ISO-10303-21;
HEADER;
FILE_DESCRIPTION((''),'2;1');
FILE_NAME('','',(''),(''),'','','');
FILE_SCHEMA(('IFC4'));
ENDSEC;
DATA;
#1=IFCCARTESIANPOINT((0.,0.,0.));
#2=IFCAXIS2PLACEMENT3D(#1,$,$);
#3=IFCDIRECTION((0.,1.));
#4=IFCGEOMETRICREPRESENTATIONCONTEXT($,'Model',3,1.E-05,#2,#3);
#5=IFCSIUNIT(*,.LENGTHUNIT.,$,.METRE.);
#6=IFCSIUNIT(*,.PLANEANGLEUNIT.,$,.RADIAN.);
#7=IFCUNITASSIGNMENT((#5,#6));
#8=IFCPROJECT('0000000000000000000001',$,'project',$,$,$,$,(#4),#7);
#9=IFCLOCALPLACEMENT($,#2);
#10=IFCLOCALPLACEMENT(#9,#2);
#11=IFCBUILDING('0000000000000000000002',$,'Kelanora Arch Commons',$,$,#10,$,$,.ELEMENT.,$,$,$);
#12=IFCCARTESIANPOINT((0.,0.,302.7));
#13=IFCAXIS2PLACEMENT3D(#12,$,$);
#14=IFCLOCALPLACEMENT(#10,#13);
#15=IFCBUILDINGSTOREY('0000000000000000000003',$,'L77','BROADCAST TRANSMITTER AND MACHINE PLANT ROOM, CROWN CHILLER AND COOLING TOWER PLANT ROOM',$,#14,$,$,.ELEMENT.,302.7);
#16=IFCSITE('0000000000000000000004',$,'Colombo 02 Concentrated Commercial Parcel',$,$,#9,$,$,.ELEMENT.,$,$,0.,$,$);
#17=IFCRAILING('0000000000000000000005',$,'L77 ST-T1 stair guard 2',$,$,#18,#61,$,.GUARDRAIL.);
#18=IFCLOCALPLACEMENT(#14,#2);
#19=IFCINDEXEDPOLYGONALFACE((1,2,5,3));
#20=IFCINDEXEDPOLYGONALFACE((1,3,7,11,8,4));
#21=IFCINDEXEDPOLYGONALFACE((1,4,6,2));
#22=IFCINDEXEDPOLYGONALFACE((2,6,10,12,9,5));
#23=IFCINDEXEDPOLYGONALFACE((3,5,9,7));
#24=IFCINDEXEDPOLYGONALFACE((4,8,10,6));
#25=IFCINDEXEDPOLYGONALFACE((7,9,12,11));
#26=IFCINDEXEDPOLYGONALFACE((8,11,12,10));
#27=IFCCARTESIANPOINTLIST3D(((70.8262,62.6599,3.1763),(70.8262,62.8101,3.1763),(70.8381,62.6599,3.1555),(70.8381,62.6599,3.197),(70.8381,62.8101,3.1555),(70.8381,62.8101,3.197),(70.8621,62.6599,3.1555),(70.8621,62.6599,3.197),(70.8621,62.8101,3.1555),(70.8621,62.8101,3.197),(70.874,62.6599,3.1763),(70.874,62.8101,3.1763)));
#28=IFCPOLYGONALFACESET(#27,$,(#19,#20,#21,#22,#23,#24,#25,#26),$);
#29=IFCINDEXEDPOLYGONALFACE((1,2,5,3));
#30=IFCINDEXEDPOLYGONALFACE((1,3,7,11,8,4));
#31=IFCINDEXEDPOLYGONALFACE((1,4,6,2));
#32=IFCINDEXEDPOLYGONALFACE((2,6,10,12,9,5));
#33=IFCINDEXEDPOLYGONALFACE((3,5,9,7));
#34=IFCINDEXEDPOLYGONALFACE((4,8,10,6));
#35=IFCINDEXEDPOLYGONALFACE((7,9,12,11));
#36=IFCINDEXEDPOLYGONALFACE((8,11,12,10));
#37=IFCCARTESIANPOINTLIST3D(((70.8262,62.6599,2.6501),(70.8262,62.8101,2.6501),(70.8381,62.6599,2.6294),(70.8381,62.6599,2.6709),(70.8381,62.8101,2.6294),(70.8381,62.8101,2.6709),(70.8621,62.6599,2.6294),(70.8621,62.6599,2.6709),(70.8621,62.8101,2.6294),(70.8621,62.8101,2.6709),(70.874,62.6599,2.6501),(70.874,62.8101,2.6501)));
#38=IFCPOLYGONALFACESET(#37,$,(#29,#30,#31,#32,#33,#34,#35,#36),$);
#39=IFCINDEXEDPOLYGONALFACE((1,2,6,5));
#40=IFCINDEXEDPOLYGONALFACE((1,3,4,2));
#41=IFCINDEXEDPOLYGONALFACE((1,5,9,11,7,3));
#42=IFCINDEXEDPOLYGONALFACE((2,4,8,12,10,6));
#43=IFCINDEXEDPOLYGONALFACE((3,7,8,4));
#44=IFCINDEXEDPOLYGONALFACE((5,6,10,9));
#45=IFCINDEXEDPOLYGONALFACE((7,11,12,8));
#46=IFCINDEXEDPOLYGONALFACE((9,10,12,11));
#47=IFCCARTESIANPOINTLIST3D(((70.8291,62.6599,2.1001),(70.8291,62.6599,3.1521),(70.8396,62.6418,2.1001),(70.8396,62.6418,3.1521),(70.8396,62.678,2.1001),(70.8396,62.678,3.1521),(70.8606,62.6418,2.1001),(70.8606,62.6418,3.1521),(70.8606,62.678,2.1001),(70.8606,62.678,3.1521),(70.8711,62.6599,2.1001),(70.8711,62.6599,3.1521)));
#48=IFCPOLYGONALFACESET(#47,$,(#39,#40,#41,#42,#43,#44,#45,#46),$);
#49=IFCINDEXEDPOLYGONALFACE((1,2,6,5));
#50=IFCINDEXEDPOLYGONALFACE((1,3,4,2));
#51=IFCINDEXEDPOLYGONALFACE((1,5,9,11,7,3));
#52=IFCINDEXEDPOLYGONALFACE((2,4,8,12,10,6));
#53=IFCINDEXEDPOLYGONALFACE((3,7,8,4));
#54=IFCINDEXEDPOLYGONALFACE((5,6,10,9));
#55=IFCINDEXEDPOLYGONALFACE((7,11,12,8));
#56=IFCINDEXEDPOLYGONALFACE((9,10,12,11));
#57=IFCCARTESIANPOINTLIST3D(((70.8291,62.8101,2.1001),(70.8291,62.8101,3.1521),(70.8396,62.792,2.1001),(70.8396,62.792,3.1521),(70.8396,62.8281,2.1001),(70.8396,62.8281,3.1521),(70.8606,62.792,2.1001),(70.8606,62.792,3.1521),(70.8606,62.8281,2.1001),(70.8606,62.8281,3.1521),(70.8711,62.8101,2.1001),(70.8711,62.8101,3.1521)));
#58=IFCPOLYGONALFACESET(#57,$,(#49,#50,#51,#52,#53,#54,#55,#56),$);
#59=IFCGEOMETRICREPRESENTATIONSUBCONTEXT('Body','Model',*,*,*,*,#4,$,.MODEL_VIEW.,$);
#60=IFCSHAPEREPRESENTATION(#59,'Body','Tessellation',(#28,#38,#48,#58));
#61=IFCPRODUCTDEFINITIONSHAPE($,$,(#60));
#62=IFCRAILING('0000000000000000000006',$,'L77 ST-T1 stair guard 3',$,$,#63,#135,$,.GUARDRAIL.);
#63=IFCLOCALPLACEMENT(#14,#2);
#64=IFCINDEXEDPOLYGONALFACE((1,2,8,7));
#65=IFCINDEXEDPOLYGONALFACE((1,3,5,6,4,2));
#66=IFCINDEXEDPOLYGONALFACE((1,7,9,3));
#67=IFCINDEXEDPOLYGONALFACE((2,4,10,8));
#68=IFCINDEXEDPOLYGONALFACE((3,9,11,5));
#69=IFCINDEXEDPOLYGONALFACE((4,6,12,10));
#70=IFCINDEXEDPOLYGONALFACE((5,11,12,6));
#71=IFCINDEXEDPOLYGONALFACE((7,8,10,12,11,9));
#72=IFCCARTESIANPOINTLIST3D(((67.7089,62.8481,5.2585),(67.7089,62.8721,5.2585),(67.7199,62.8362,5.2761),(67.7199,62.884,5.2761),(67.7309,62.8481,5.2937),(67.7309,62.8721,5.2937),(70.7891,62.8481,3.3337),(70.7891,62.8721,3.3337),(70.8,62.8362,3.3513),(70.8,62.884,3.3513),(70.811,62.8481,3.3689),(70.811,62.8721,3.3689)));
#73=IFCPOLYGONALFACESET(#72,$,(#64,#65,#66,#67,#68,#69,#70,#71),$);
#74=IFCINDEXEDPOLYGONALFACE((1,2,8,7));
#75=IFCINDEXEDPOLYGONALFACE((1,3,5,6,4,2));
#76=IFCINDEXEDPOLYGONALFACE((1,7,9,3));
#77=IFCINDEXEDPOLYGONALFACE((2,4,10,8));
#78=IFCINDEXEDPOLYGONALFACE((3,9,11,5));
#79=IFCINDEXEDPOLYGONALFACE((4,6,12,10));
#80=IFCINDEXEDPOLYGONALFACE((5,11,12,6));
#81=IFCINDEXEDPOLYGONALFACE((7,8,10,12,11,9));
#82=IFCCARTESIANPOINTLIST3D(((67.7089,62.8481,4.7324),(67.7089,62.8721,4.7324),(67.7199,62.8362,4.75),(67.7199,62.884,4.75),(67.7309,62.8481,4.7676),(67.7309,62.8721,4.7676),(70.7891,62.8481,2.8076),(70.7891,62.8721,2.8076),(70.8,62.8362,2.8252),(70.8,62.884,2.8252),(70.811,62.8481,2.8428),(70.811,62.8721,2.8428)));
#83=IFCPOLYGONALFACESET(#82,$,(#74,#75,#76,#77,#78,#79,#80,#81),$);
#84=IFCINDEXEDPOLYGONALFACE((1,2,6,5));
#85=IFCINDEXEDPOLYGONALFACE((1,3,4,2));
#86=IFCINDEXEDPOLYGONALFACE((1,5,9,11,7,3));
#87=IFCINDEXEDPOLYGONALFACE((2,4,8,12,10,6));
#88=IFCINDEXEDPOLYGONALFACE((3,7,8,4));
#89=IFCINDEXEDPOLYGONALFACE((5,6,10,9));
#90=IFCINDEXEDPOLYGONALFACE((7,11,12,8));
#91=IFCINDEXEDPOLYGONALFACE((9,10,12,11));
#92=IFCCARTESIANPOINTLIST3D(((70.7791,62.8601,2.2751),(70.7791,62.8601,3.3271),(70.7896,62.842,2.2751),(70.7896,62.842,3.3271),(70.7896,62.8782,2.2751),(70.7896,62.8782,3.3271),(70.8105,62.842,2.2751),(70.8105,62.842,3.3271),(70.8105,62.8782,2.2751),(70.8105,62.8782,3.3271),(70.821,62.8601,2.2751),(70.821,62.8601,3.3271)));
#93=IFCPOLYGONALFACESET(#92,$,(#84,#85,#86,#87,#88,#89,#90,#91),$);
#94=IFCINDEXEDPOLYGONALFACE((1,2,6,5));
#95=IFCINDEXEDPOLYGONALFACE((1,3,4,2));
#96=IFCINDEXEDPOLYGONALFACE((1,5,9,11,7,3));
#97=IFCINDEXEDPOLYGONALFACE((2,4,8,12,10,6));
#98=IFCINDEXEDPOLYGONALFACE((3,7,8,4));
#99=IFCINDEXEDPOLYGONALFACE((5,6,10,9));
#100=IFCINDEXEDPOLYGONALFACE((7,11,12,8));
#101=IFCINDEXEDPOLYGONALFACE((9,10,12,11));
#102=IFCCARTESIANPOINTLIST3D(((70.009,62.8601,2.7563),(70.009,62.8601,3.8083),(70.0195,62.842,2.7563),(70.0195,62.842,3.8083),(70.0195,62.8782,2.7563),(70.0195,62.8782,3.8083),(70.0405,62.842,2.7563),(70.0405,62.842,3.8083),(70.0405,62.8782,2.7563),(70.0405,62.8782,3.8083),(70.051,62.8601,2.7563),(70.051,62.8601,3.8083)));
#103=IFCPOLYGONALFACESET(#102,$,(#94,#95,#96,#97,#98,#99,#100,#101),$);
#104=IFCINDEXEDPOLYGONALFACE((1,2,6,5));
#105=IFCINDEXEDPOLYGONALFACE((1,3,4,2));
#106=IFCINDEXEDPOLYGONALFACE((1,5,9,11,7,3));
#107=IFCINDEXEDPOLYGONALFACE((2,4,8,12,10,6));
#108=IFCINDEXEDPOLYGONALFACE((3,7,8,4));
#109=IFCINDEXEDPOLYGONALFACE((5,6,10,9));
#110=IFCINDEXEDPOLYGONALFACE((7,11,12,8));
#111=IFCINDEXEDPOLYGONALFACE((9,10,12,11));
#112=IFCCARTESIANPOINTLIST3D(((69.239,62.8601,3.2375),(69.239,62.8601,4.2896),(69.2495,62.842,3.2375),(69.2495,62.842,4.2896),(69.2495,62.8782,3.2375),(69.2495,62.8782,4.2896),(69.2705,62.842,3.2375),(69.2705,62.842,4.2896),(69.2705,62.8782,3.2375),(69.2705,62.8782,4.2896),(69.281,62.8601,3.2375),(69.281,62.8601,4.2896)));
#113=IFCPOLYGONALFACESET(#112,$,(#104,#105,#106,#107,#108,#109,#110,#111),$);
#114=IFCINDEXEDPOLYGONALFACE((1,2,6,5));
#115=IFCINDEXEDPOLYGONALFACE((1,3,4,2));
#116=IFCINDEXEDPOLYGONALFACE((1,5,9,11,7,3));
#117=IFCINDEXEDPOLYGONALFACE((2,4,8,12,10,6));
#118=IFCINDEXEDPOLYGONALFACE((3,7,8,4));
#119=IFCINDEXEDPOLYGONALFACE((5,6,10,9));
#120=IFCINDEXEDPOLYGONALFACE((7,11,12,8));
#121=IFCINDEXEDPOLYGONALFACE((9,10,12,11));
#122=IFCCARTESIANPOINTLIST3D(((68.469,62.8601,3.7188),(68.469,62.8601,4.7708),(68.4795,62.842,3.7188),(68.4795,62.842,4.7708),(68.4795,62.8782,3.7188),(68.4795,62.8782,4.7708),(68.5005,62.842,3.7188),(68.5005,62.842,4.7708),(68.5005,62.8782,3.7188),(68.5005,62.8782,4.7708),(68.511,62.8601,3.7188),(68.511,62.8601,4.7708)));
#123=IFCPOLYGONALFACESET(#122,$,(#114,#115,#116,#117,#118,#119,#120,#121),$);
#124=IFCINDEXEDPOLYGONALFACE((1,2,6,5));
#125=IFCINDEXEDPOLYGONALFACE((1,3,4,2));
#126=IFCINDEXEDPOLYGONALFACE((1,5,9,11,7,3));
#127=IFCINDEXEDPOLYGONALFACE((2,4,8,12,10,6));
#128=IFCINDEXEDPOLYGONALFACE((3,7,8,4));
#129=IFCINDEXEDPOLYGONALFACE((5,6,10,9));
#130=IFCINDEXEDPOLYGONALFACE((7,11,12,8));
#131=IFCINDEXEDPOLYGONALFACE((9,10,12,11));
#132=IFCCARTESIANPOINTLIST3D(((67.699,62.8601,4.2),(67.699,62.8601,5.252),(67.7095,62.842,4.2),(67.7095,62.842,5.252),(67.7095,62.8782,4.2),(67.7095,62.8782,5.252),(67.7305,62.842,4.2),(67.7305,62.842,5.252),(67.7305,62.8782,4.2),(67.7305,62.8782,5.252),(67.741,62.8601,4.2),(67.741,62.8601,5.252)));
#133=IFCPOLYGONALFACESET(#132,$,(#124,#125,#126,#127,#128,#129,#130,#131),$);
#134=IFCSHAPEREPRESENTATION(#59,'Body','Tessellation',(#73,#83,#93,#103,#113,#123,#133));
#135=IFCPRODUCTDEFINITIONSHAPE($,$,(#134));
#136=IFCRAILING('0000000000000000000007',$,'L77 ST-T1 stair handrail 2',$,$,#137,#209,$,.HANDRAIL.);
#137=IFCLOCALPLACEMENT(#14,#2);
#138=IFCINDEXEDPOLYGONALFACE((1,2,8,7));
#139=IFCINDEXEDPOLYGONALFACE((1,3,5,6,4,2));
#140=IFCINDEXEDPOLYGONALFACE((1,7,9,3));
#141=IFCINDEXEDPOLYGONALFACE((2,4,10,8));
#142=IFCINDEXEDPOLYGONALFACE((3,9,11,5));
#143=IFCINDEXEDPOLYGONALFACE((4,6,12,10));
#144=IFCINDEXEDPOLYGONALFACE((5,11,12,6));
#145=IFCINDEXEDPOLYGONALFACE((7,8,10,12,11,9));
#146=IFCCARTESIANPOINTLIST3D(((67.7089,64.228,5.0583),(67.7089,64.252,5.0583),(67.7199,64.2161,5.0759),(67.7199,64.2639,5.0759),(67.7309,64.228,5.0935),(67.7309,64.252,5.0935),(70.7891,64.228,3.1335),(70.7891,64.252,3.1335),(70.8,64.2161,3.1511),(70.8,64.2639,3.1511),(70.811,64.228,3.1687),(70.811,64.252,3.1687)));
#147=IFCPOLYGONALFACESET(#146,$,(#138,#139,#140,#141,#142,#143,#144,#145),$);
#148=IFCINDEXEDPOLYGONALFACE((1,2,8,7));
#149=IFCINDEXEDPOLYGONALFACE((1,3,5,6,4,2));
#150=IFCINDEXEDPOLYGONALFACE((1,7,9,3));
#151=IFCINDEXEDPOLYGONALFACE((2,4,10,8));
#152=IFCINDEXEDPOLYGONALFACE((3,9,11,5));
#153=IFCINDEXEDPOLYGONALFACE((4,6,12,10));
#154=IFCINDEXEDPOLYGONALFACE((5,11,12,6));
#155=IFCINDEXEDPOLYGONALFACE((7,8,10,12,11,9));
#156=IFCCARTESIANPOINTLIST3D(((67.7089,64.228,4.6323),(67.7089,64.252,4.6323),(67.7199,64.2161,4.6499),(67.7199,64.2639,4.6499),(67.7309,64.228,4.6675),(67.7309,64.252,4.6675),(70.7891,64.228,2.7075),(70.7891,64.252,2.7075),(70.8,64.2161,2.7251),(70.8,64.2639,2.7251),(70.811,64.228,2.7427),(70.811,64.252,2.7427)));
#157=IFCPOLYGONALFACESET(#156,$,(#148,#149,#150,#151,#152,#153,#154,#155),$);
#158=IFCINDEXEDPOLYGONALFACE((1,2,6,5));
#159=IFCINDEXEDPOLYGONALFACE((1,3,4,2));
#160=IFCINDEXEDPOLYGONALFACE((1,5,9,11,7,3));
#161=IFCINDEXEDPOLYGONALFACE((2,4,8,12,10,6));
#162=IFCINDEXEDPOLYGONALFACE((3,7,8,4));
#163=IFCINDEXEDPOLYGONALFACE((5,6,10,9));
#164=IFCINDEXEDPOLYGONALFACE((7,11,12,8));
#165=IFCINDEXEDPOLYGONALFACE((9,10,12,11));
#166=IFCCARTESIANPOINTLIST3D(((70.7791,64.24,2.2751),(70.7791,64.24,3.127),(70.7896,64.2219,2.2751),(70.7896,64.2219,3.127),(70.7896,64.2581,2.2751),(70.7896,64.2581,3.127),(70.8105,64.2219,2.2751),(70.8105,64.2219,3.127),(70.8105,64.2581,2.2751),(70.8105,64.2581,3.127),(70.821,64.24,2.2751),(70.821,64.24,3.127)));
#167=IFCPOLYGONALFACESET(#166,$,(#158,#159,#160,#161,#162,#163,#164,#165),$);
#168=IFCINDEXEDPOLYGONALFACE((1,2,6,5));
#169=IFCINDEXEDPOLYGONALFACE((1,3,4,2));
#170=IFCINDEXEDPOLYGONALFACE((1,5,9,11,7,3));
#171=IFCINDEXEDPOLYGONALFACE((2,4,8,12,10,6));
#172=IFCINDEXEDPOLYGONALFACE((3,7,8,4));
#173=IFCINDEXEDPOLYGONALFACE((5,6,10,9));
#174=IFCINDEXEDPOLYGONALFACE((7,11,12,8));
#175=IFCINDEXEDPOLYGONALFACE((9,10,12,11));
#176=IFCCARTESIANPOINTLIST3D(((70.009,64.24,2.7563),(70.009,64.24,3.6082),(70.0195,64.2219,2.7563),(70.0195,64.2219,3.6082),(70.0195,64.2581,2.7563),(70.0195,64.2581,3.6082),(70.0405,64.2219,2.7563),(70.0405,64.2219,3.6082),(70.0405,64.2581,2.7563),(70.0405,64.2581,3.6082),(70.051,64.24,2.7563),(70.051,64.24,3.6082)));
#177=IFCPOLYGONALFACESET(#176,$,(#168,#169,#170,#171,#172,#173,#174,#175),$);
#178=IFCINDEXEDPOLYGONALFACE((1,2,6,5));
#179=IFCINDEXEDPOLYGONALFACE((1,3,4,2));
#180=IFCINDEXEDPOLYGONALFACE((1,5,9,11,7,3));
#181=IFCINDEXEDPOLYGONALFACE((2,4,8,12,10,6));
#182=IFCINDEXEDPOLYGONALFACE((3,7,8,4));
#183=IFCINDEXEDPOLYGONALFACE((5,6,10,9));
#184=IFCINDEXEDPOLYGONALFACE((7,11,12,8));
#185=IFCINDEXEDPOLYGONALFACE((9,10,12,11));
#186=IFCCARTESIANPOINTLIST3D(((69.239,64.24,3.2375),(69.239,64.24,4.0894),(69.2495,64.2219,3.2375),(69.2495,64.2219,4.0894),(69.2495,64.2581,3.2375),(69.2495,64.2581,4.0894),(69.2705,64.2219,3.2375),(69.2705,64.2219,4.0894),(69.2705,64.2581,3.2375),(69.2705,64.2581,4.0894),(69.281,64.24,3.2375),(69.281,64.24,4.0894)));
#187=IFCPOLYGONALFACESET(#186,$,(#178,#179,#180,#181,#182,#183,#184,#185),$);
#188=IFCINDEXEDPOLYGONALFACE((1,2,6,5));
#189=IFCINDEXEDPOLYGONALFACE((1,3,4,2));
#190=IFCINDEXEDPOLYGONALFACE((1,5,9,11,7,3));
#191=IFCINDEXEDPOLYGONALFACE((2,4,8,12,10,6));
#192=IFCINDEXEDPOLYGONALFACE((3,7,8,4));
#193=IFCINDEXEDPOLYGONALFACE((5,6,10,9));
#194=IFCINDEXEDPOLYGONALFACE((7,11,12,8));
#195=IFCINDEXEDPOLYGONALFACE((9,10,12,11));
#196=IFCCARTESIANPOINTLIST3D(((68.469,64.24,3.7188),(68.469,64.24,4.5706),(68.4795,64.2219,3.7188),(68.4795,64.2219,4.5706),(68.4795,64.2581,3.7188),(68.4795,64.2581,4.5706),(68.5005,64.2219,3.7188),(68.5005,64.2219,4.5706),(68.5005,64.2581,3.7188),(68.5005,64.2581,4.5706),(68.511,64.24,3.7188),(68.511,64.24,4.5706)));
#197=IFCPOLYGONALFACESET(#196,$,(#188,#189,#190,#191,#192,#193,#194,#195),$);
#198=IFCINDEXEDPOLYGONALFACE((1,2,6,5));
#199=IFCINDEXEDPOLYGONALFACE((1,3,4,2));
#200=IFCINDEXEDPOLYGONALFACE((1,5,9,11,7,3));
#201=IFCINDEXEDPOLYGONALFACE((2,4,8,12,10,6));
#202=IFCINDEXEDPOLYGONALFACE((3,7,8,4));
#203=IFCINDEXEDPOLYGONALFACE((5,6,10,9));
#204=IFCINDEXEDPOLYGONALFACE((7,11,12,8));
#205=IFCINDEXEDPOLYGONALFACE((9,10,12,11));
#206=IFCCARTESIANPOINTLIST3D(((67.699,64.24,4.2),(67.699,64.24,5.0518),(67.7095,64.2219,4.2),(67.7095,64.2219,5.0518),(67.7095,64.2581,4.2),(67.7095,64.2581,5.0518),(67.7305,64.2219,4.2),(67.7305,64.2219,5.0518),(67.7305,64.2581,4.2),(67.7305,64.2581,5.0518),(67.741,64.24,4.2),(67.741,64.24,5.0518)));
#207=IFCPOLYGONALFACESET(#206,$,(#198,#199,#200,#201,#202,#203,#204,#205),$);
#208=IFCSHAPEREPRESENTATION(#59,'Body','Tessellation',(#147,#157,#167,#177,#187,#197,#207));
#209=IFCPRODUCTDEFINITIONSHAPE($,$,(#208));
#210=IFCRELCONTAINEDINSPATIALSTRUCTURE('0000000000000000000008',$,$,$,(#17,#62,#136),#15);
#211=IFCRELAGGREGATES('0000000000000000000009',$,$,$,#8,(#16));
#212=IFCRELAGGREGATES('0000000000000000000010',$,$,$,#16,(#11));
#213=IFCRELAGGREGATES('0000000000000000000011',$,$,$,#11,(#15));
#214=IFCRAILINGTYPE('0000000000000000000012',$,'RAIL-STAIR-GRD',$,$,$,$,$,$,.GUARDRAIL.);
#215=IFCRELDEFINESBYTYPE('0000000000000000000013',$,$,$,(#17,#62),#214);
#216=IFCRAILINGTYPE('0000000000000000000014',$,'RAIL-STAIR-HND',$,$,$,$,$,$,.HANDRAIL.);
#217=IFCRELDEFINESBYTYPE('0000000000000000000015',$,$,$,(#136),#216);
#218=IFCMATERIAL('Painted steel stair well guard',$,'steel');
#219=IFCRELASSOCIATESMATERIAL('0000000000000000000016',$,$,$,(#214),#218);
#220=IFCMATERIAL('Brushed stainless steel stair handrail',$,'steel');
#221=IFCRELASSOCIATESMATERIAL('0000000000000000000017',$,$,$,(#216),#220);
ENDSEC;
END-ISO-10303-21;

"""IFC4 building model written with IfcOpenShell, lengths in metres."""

from ifc_helpers import new_model, si_unit, direction, frame, origin, place, context, subcontext, project, spatial, polyline, outline, extrude, material, type_object, element, save


model = new_model("IFC4")

# Units and contexts
model_context = context("Model", 3, precision=1e-05, world=origin(), true_north=direction((0.0, 1.0)))
body_context = subcontext(model_context, "Body", "Model", "MODEL_VIEW")
ifc_project = project(units=[si_unit("LENGTHUNIT", "METRE"), si_unit("PLANEANGLEUNIT", "RADIAN")], contexts=[model_context])

# Site, building, storey
site_placement = place(None, origin())
site = spatial("IfcSite", under=ifc_project, at=site_placement, Name="Colombo 02 Concentrated Commercial Parcel", CompositionType="ELEMENT", RefElevation=0.0)
building_placement = place(site_placement, origin())
building = spatial("IfcBuilding", under=site, at=building_placement, Name="Kelanora Arch Commons", CompositionType="ELEMENT")
storey_placement = place(building_placement, frame((0.0, 0.0, 302.7)))
storey = spatial("IfcBuildingStorey", under=building, at=storey_placement, Name="L77", Description="BROADCAST TRANSMITTER AND MACHINE PLANT ROOM, CROWN CHILLER AND COOLING TOWER PLANT ROOM", CompositionType="ELEMENT", Elevation=302.7)

# Railings
ifc_material_1 = material(Name="Painted steel stair well guard", Category="steel")
railing_type_1 = type_object("IfcRailingType", Name="RAIL-STAIR-GRD", PredefinedType="GUARDRAIL", material=ifc_material_1)
railing_1_placement = place(storey_placement, frame((70.8501, 62.6599, 2.1001)))
element("IfcRailing", 1, at=railing_1_placement, inside=storey, type_object=railing_type_1, Name="L77 ST-T1 stair guard 2", PredefinedType="GUARDRAIL", context=body_context, shape_type="SweptSolid", body=[
    extrude(outline(polyline([(0.0239, 0.0), (0.012, 0.0208), (-0.012, 0.0208), (-0.0239, 0.0), (-0.012, -0.0208), (0.012, -0.0208), (0.0239, 0.0)])), frame((0.0, 0.0, 1.0762), z_axis=(0.0, 1.0, 0.0), x_axis=(-1.0, 0.0, 0.0)), (0.0, 0.0, 1.0), 0.1501),
    extrude(outline(polyline([(0.0239, 0.0), (0.012, 0.0208), (-0.012, 0.0208), (-0.0239, 0.0), (-0.012, -0.0208), (0.012, -0.0208), (0.0239, 0.0)])), frame((0.0, 0.0, 0.55), z_axis=(0.0, 1.0, 0.0), x_axis=(-1.0, 0.0, 0.0)), (0.0, 0.0, 1.0), 0.1501),
    extrude(outline(polyline([(0.021, 0.0), (0.0105, 0.0181), (-0.0105, 0.0181), (-0.021, 0.0), (-0.0105, -0.0181), (0.0105, -0.0181), (0.021, 0.0)])), origin(), (0.0, 0.0, 1.0), 1.052),
    extrude(outline(polyline([(0.021, 0.0), (0.0105, 0.0181), (-0.0105, 0.0181), (-0.021, 0.0), (-0.0105, -0.0181), (0.0105, -0.0181), (0.021, 0.0)])), frame((0.0, 0.1501, 0.0)), (0.0, 0.0, 1.0), 1.052),
])
railing_2_placement = place(storey_placement, frame((70.8, 62.8601, 2.2751)))
element("IfcRailing", 2, at=railing_2_placement, inside=storey, type_object=railing_type_1, Name="L77 ST-T1 stair guard 3", PredefinedType="GUARDRAIL", context=body_context, shape_type="SweptSolid", body=[
    extrude(outline(polyline([(0.0239, 0.0), (0.012, 0.0208), (-0.012, 0.0208), (-0.0239, 0.0), (-0.012, -0.0208), (0.012, -0.0208), (0.0239, 0.0)])), frame((0.0, 0.0, 1.0762), z_axis=(-0.848029, 0.0, 0.529951), x_axis=(0.0, -1.0, 0.0)), (0.0, 0.0, 1.0), 3.6321),
    extrude(outline(polyline([(0.0239, 0.0), (0.012, 0.0208), (-0.012, 0.0208), (-0.0239, 0.0), (-0.012, -0.0208), (0.012, -0.0208), (0.0239, 0.0)])), frame((0.0, 0.0, 0.55), z_axis=(-0.848029, 0.0, 0.529951), x_axis=(0.0, -1.0, 0.0)), (0.0, 0.0, 1.0), 3.6321),
    extrude(outline(polyline([(0.021, 0.0), (0.0105, 0.0181), (-0.0105, 0.0181), (-0.021, 0.0), (-0.0105, -0.0181), (0.0105, -0.0181), (0.021, 0.0)])), origin(), (0.0, 0.0, 1.0), 1.052),
    extrude(outline(polyline([(0.021, 0.0), (0.0105, 0.0181), (-0.0105, 0.0181), (-0.021, 0.0), (-0.0105, -0.0181), (0.0105, -0.0181), (0.021, 0.0)])), frame((-0.77, 0.0, 0.4812)), (0.0, 0.0, 1.0), 1.052),
    extrude(outline(polyline([(0.021, 0.0), (0.0105, 0.0181), (-0.0105, 0.0181), (-0.021, 0.0), (-0.0105, -0.0181), (0.0105, -0.0181), (0.021, 0.0)])), frame((-1.54, 0.0, 0.9624)), (0.0, 0.0, 1.0), 1.052),
    extrude(outline(polyline([(0.021, 0.0), (0.0105, 0.0181), (-0.0105, 0.0181), (-0.021, 0.0), (-0.0105, -0.0181), (0.0105, -0.0181), (0.021, 0.0)])), frame((-2.3101, 0.0, 1.4436)), (0.0, 0.0, 1.0), 1.052),
    extrude(outline(polyline([(0.021, 0.0), (0.0105, 0.0181), (-0.0105, 0.0181), (-0.021, 0.0), (-0.0105, -0.0181), (0.0105, -0.0181), (0.021, 0.0)])), frame((-3.0801, 0.0, 1.9248)), (0.0, 0.0, 1.0), 1.052),
])
ifc_material_2 = material(Name="Brushed stainless steel stair handrail", Category="steel")
railing_type_2 = type_object("IfcRailingType", Name="RAIL-STAIR-HND", PredefinedType="HANDRAIL", material=ifc_material_2)
railing_3_placement = place(storey_placement, frame((70.8, 64.24, 2.2751)))
element("IfcRailing", 3, at=railing_3_placement, inside=storey, type_object=railing_type_2, Name="L77 ST-T1 stair handrail 2", PredefinedType="HANDRAIL", context=body_context, shape_type="SweptSolid", body=[
    extrude(outline(polyline([(0.0239, 0.0), (0.012, 0.0208), (-0.012, 0.0208), (-0.0239, 0.0), (-0.012, -0.0208), (0.012, -0.0208), (0.0239, 0.0)])), frame((0.0, 0.0, 0.876), z_axis=(-0.848029, 0.0, 0.529951), x_axis=(0.0, -1.0, 0.0)), (0.0, 0.0, 1.0), 3.6321),
    extrude(outline(polyline([(0.0239, 0.0), (0.012, 0.0208), (-0.012, 0.0208), (-0.0239, 0.0), (-0.012, -0.0208), (0.012, -0.0208), (0.0239, 0.0)])), frame((0.0, 0.0, 0.45), z_axis=(-0.848029, 0.0, 0.529951), x_axis=(0.0, -1.0, 0.0)), (0.0, 0.0, 1.0), 3.6321),
    extrude(outline(polyline([(0.021, 0.0), (0.0105, 0.0181), (-0.0105, 0.0181), (-0.021, 0.0), (-0.0105, -0.0181), (0.0105, -0.0181), (0.021, 0.0)])), origin(), (0.0, 0.0, 1.0), 0.8518),
    extrude(outline(polyline([(0.021, 0.0), (0.0105, 0.0181), (-0.0105, 0.0181), (-0.021, 0.0), (-0.0105, -0.0181), (0.0105, -0.0181), (0.021, 0.0)])), frame((-0.77, 0.0, 0.4812)), (0.0, 0.0, 1.0), 0.8518),
    extrude(outline(polyline([(0.021, 0.0), (0.0105, 0.0181), (-0.0105, 0.0181), (-0.021, 0.0), (-0.0105, -0.0181), (0.0105, -0.0181), (0.021, 0.0)])), frame((-1.54, 0.0, 0.9624)), (0.0, 0.0, 1.0), 0.8518),
    extrude(outline(polyline([(0.021, 0.0), (0.0105, 0.0181), (-0.0105, 0.0181), (-0.021, 0.0), (-0.0105, -0.0181), (0.0105, -0.0181), (0.021, 0.0)])), frame((-2.3101, 0.0, 1.4436)), (0.0, 0.0, 1.0), 0.8518),
    extrude(outline(polyline([(0.021, 0.0), (0.0105, 0.0181), (-0.0105, 0.0181), (-0.021, 0.0), (-0.0105, -0.0181), (0.0105, -0.0181), (0.021, 0.0)])), frame((-3.0801, 0.0, 1.9248)), (0.0, 0.0, 1.0), 0.8518),
])

save(model, "model.ifc")
